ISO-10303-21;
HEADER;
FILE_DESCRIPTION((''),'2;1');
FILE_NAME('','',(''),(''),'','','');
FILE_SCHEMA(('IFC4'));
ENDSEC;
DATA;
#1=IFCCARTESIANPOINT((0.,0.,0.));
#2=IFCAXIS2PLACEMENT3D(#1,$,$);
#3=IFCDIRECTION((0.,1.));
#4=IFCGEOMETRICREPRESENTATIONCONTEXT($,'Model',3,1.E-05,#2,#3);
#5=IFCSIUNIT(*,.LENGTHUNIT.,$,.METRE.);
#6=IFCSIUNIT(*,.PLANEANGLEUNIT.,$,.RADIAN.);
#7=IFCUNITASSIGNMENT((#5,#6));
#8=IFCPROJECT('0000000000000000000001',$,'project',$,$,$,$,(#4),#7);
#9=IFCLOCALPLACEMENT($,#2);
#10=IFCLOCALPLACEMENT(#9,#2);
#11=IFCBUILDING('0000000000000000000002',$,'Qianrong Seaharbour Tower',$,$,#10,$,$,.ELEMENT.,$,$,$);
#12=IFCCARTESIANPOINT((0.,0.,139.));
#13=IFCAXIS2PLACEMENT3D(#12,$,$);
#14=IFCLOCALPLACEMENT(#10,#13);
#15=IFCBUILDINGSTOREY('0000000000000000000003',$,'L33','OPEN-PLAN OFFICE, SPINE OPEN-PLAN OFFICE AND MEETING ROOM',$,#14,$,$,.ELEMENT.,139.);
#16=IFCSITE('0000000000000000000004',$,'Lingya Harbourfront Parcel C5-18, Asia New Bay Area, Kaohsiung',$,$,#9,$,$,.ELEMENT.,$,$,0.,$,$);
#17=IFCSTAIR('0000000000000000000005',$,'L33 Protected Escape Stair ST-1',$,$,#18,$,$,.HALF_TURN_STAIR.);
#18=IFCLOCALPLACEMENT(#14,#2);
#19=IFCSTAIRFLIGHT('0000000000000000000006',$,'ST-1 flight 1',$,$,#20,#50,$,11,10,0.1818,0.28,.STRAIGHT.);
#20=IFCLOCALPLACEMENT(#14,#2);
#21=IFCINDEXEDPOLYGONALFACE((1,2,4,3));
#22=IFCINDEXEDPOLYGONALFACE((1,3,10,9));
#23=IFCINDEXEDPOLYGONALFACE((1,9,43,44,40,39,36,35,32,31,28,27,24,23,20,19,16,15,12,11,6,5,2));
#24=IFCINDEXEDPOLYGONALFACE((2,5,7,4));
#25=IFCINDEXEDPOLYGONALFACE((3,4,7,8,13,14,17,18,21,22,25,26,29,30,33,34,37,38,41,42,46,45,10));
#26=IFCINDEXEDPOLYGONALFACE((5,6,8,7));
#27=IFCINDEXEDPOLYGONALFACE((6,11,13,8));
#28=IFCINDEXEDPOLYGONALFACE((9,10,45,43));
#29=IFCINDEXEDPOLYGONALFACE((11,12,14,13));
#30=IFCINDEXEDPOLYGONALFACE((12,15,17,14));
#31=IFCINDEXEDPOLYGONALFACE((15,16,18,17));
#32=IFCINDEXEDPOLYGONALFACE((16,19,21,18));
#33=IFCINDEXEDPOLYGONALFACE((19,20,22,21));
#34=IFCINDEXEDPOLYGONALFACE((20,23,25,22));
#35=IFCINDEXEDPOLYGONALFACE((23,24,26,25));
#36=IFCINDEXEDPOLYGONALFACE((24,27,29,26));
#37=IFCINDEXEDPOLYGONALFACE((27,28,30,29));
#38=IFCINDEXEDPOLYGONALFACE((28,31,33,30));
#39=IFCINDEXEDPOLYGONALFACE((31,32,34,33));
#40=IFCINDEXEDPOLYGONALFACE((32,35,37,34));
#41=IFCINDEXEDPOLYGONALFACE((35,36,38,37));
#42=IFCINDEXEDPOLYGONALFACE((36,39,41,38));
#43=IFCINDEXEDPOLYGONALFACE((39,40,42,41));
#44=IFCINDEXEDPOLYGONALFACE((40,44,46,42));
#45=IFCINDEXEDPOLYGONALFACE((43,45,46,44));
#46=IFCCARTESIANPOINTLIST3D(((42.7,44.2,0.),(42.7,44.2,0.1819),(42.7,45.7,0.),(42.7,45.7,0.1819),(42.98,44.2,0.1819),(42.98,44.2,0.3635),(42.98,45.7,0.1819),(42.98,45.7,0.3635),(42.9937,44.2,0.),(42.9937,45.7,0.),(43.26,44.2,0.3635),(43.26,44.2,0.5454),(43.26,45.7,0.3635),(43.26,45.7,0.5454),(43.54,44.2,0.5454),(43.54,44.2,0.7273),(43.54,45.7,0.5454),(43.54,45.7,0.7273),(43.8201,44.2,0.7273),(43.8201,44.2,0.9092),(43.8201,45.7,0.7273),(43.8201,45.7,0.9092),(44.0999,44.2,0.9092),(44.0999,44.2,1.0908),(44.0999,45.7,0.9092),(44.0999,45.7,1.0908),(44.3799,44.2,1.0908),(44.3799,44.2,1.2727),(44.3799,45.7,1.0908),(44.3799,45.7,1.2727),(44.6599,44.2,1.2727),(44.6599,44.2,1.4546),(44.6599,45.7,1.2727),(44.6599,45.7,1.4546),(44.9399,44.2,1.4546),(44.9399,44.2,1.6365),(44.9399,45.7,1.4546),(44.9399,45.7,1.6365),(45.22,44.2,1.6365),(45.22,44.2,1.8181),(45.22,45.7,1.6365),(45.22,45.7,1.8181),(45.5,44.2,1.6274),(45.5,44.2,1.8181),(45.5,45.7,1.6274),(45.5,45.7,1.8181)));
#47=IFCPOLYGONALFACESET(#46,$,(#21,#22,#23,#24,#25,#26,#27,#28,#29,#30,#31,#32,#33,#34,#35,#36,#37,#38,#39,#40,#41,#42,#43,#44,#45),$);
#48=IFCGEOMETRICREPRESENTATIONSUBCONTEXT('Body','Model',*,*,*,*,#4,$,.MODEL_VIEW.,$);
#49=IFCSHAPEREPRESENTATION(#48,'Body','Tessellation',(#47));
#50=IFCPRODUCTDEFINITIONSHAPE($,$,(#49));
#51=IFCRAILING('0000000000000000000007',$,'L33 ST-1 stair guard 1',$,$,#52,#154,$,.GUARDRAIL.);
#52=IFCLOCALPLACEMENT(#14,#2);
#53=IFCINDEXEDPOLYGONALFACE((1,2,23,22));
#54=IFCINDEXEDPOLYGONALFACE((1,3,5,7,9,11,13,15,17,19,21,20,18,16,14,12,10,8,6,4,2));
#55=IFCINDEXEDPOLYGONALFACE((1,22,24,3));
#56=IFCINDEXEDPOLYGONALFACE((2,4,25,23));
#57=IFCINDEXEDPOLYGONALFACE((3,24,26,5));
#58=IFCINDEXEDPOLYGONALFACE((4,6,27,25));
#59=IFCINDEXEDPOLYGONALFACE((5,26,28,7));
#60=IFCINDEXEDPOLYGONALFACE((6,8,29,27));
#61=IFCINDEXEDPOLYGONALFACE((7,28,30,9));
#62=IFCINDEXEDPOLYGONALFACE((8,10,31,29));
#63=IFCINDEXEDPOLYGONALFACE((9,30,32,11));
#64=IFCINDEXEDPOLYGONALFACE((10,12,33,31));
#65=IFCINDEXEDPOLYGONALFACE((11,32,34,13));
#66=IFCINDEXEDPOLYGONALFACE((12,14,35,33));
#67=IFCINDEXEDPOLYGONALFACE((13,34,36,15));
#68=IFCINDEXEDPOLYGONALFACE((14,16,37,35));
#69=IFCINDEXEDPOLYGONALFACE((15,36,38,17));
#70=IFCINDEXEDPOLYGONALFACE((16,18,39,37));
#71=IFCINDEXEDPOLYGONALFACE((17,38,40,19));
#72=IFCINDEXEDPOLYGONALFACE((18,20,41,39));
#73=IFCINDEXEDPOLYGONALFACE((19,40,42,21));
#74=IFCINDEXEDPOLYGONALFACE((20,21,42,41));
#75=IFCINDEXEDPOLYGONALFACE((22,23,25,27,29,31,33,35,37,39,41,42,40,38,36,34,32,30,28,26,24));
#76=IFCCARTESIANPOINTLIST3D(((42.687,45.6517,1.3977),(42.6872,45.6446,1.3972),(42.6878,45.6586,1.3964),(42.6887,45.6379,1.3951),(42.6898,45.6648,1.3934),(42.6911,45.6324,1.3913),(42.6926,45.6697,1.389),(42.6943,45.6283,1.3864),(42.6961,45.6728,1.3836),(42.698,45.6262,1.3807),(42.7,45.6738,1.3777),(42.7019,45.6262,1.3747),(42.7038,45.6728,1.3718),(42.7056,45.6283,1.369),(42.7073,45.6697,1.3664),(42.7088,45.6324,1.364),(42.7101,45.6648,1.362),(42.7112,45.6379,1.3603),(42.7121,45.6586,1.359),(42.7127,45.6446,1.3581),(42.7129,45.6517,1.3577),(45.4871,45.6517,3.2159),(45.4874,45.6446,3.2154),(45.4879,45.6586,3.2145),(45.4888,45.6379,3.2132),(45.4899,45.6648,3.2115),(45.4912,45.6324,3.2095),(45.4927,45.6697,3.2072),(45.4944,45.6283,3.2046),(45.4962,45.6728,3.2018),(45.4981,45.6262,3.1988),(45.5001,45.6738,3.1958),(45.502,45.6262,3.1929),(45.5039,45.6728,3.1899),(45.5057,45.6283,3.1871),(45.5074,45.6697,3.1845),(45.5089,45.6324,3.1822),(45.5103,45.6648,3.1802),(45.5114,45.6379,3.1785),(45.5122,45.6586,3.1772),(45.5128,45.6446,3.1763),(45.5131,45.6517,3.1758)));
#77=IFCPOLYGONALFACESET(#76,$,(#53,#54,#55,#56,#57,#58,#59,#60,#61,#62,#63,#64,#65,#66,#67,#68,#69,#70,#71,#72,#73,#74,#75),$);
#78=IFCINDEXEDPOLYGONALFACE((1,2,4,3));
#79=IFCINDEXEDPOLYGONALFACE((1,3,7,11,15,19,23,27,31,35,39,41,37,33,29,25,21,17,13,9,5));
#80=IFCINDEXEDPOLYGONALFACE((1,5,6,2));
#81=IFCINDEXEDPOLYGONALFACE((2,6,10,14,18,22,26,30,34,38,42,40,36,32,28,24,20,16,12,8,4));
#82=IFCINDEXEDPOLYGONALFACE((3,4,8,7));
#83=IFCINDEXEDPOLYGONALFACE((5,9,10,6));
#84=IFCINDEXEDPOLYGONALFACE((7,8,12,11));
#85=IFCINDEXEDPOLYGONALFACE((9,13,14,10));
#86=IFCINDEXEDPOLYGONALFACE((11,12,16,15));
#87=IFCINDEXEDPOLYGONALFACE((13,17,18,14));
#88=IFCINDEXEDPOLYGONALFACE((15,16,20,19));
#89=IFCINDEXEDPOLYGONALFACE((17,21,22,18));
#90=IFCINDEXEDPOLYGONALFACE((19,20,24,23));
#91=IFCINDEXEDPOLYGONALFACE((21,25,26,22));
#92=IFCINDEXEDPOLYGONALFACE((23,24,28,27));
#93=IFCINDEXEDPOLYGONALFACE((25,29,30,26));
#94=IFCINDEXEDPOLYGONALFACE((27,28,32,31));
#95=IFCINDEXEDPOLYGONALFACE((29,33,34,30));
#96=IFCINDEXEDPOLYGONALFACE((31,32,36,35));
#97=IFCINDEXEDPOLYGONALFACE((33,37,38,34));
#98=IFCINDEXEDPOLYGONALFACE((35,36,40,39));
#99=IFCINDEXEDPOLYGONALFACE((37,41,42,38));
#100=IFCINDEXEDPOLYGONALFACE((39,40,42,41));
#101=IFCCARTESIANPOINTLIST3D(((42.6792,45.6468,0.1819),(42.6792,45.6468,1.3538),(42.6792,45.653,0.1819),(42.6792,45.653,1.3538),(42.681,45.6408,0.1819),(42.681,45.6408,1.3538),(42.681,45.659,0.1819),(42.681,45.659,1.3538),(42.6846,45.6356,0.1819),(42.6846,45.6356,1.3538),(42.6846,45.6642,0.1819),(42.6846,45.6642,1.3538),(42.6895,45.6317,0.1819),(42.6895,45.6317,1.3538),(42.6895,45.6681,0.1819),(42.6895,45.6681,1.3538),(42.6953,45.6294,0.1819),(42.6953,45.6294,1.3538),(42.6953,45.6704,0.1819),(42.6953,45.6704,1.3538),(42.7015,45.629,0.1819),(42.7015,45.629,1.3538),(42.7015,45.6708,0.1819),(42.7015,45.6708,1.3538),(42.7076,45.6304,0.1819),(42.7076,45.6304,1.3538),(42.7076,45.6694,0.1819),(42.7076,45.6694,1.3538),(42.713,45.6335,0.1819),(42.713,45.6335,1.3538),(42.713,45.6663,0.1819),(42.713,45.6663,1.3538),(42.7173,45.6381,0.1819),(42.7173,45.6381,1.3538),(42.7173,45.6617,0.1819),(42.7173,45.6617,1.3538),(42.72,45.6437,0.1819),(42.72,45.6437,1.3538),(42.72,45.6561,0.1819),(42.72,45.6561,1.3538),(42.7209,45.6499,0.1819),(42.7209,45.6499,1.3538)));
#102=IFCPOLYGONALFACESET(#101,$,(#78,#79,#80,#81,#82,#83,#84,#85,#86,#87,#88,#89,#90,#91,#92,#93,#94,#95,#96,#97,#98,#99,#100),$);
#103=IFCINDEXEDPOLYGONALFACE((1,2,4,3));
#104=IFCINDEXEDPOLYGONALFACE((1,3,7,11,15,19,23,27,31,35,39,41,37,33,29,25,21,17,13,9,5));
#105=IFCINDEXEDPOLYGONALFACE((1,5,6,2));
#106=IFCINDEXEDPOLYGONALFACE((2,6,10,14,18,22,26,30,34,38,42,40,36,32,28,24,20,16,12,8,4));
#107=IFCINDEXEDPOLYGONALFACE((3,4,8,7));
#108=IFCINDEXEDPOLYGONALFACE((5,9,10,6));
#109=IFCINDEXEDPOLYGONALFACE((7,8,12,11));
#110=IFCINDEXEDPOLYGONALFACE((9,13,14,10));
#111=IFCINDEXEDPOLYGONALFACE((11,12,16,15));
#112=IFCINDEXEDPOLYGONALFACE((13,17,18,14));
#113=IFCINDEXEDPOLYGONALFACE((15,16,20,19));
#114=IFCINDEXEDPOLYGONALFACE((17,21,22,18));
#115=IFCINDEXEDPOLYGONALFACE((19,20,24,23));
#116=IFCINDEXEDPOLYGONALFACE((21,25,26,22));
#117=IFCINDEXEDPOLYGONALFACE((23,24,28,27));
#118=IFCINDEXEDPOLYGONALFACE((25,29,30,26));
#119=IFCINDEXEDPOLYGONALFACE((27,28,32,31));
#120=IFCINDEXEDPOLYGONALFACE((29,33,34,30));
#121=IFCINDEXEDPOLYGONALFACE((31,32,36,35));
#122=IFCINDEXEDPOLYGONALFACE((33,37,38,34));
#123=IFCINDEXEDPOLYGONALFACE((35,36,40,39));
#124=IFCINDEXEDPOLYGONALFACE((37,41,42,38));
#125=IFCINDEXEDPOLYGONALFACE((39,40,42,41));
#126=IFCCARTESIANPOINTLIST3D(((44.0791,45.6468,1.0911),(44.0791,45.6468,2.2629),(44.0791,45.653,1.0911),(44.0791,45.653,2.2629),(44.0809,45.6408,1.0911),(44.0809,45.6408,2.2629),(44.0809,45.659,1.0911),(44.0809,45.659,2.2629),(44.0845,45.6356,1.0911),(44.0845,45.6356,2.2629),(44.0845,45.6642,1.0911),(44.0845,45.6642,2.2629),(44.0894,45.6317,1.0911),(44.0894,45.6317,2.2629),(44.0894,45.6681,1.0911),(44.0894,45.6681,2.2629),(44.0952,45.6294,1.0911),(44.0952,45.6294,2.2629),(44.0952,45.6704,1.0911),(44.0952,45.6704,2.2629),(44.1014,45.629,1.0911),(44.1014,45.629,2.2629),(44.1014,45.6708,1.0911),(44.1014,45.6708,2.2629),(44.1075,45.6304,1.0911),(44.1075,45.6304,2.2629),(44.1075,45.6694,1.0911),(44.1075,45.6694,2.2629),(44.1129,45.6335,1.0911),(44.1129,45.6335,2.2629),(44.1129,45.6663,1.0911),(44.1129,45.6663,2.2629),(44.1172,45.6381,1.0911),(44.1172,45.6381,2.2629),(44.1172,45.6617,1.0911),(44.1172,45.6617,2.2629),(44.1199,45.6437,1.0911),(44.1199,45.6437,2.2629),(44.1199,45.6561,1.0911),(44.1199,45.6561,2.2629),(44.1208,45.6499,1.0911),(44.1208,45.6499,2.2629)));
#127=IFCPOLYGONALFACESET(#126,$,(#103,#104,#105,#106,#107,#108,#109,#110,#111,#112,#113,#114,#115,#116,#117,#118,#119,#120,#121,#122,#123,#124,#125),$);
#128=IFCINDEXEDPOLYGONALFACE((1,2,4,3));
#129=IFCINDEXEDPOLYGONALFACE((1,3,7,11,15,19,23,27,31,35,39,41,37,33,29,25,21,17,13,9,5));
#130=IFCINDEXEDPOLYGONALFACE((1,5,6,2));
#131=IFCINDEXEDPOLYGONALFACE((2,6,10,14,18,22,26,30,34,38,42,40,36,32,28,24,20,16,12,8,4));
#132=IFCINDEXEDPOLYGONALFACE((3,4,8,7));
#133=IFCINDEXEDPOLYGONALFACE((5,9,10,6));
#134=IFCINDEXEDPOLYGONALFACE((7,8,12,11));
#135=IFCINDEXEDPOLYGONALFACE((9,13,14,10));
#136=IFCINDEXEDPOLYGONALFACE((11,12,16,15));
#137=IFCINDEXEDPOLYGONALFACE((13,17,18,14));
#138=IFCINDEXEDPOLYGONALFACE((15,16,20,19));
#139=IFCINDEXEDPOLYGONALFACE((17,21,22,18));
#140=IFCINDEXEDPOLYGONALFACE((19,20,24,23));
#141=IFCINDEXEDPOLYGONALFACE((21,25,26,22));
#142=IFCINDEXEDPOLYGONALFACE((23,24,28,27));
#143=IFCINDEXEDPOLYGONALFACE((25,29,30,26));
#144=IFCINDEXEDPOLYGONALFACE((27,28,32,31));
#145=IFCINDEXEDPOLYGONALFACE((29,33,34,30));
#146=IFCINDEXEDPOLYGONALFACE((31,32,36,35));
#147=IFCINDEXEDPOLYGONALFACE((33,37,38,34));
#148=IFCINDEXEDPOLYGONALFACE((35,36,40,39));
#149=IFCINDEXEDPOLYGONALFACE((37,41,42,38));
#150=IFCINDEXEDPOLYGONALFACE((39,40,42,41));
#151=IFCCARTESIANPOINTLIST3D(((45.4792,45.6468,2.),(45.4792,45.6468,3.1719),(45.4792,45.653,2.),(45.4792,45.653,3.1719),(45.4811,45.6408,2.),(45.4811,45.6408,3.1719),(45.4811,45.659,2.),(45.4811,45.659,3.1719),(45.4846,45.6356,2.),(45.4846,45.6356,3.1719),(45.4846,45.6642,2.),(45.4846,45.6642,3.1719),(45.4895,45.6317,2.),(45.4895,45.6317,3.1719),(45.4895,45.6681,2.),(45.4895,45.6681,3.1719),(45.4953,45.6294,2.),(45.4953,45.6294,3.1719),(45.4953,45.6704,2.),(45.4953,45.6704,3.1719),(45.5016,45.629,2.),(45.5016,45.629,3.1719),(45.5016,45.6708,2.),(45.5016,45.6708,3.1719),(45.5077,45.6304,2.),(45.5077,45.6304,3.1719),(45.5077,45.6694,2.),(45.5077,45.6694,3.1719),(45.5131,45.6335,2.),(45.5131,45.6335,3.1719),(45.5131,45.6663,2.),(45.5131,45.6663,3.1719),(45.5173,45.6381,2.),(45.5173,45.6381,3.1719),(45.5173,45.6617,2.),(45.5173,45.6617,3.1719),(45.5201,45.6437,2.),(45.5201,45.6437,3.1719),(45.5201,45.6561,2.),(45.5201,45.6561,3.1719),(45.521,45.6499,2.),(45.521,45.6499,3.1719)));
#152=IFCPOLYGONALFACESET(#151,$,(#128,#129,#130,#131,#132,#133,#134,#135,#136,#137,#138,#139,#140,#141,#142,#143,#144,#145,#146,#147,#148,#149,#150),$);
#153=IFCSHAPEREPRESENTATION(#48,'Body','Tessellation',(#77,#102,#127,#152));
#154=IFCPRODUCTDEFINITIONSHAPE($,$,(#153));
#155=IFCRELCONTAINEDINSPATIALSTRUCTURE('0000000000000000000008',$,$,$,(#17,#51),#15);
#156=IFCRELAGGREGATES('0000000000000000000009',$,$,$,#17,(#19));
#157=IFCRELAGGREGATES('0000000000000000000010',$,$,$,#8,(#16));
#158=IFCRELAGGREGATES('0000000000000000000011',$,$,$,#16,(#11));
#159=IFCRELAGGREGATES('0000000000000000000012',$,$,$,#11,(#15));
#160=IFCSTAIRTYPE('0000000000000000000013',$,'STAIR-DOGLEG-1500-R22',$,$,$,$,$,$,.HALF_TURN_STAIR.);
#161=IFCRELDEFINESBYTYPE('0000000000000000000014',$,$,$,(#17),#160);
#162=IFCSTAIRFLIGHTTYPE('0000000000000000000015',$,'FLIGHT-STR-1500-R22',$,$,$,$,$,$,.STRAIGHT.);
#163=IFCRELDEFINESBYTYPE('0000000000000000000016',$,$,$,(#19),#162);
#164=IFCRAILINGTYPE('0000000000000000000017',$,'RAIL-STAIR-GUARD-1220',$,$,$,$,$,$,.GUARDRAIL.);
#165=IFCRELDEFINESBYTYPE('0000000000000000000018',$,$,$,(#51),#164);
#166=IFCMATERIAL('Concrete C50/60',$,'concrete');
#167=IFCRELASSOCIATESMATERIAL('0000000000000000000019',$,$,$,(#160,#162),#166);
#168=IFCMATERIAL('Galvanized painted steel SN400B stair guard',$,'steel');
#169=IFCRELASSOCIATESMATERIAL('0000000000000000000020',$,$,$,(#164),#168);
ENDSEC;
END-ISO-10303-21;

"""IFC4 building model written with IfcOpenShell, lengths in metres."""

from ifc_helpers import new_model, si_unit, direction, frame, origin, origin_2d, place, context, subcontext, project, spatial, polyline, circle, outline, extrude, material, type_object, element, aggregate, save


model = new_model("IFC4")

# Units and contexts
model_context = context("Model", 3, precision=1e-05, world=origin(), true_north=direction((0.0, 1.0)))
body_context = subcontext(model_context, "Body", "Model", "MODEL_VIEW")
ifc_project = project(units=[si_unit("LENGTHUNIT", "METRE"), si_unit("PLANEANGLEUNIT", "RADIAN")], contexts=[model_context])

# Site, building, storey
site_placement = place(None, origin())
site = spatial("IfcSite", under=ifc_project, at=site_placement, Name="Lingya Harbourfront Parcel C5-18, Asia New Bay Area, Kaohsiung", CompositionType="ELEMENT", RefElevation=0.0)
building_placement = place(site_placement, origin())
building = spatial("IfcBuilding", under=site, at=building_placement, Name="Qianrong Seaharbour Tower", CompositionType="ELEMENT")
storey_placement = place(building_placement, frame((0.0, 0.0, 139.0)))
storey = spatial("IfcBuildingStorey", under=building, at=storey_placement, Name="L33", Description="OPEN-PLAN OFFICE, SPINE OPEN-PLAN OFFICE AND MEETING ROOM", CompositionType="ELEMENT", Elevation=139.0)

# Shared definitions
ifc_material_1 = material(Name="Concrete C50/60", Category="concrete")

# Stair, stair flight
stair_type = type_object("IfcStairType", Name="STAIR-DOGLEG-1500-R22", PredefinedType="HALF_TURN_STAIR", material=ifc_material_1)
stair_placement = place(storey_placement, origin())
stair = element("IfcStair", 1, at=stair_placement, inside=storey, type_object=stair_type, Name="L33 Protected Escape Stair ST-1", PredefinedType="HALF_TURN_STAIR")
stair_flight_type = type_object("IfcStairFlightType", Name="FLIGHT-STR-1500-R22", PredefinedType="STRAIGHT", material=ifc_material_1)
stair_flight_placement = place(storey_placement, frame((42.7, 44.95, 0.0), z_axis=(0.0, 0.0, 1.0), x_axis=(1.0, 0.0, 0.0)))
stair_flight = element("IfcStairFlight", 2, at=stair_flight_placement, type_object=stair_flight_type, Name="ST-1 flight 1", NumberOfRisers=11, NumberOfTreads=10, PredefinedType="STRAIGHT", RiserHeight=0.1818, TreadLength=0.28, context=body_context, shape_type="SweptSolid", body=[
    extrude(outline(polyline([(0.0, 0.0), (0.0, 0.1819), (0.28, 0.1819), (0.28, 0.3635), (0.5601, 0.3635), (0.5601, 0.5454), (0.8401, 0.5454), (0.8401, 0.7273), (1.1201, 0.7273), (1.1201, 0.9092), (1.3999, 0.9092), (1.3999, 1.0908), (1.6799, 1.0908), (1.6799, 1.2727), (1.96, 1.2727), (1.96, 1.4546), (2.24, 1.4546), (2.24, 1.6365), (2.52, 1.6365), (2.52, 1.8181), (2.8, 1.8181), (2.8, 2.0), (2.8, 1.6274), (0.2937, 0.0), (0.0, 0.0)])), frame((0.0, 0.75, 0.0), z_axis=(0.0, -1.0, 0.0), x_axis=(1.0, 0.0, 0.0)), (0.0, 0.0, 1.0), 1.5),
])
aggregate(stair, [stair_flight])

# Railing
ifc_material_2 = material(Name="Galvanized painted steel SN400B stair guard", Category="steel")
railing_type_1 = type_object("IfcRailingType", Name="RAIL-STAIR-GUARD-1220", PredefinedType="GUARDRAIL", material=ifc_material_2)
railing_1_placement = place(storey_placement, frame((42.7, 45.6499, 0.1819)))
element("IfcRailing", 3, at=railing_1_placement, inside=storey, type_object=railing_type_1, Name="L33 ST-1 stair guard 1", PredefinedType="GUARDRAIL", context=body_context, shape_type="SweptSolid", body=[
    extrude(circle(Radius=0.0239, at=origin_2d()), frame((0.0, 0.0, 1.1958), z_axis=(0.838706, 0.0, 0.544585), x_axis=(0.0, 1.0, 0.0)), (0.0, 0.0, 1.0), 3.3386),
    extrude(circle(Radius=0.021, at=origin_2d()), origin(), (0.0, 0.0, 1.0), 1.1719),
    extrude(circle(Radius=0.021, at=origin_2d()), frame((1.3999, 0.0, 0.9092)), (0.0, 0.0, 1.0), 1.1719),
    extrude(circle(Radius=0.021, at=origin_2d()), frame((2.8, 0.0, 1.8181)), (0.0, 0.0, 1.0), 1.1719),
])

save(model, "model.ifc")
